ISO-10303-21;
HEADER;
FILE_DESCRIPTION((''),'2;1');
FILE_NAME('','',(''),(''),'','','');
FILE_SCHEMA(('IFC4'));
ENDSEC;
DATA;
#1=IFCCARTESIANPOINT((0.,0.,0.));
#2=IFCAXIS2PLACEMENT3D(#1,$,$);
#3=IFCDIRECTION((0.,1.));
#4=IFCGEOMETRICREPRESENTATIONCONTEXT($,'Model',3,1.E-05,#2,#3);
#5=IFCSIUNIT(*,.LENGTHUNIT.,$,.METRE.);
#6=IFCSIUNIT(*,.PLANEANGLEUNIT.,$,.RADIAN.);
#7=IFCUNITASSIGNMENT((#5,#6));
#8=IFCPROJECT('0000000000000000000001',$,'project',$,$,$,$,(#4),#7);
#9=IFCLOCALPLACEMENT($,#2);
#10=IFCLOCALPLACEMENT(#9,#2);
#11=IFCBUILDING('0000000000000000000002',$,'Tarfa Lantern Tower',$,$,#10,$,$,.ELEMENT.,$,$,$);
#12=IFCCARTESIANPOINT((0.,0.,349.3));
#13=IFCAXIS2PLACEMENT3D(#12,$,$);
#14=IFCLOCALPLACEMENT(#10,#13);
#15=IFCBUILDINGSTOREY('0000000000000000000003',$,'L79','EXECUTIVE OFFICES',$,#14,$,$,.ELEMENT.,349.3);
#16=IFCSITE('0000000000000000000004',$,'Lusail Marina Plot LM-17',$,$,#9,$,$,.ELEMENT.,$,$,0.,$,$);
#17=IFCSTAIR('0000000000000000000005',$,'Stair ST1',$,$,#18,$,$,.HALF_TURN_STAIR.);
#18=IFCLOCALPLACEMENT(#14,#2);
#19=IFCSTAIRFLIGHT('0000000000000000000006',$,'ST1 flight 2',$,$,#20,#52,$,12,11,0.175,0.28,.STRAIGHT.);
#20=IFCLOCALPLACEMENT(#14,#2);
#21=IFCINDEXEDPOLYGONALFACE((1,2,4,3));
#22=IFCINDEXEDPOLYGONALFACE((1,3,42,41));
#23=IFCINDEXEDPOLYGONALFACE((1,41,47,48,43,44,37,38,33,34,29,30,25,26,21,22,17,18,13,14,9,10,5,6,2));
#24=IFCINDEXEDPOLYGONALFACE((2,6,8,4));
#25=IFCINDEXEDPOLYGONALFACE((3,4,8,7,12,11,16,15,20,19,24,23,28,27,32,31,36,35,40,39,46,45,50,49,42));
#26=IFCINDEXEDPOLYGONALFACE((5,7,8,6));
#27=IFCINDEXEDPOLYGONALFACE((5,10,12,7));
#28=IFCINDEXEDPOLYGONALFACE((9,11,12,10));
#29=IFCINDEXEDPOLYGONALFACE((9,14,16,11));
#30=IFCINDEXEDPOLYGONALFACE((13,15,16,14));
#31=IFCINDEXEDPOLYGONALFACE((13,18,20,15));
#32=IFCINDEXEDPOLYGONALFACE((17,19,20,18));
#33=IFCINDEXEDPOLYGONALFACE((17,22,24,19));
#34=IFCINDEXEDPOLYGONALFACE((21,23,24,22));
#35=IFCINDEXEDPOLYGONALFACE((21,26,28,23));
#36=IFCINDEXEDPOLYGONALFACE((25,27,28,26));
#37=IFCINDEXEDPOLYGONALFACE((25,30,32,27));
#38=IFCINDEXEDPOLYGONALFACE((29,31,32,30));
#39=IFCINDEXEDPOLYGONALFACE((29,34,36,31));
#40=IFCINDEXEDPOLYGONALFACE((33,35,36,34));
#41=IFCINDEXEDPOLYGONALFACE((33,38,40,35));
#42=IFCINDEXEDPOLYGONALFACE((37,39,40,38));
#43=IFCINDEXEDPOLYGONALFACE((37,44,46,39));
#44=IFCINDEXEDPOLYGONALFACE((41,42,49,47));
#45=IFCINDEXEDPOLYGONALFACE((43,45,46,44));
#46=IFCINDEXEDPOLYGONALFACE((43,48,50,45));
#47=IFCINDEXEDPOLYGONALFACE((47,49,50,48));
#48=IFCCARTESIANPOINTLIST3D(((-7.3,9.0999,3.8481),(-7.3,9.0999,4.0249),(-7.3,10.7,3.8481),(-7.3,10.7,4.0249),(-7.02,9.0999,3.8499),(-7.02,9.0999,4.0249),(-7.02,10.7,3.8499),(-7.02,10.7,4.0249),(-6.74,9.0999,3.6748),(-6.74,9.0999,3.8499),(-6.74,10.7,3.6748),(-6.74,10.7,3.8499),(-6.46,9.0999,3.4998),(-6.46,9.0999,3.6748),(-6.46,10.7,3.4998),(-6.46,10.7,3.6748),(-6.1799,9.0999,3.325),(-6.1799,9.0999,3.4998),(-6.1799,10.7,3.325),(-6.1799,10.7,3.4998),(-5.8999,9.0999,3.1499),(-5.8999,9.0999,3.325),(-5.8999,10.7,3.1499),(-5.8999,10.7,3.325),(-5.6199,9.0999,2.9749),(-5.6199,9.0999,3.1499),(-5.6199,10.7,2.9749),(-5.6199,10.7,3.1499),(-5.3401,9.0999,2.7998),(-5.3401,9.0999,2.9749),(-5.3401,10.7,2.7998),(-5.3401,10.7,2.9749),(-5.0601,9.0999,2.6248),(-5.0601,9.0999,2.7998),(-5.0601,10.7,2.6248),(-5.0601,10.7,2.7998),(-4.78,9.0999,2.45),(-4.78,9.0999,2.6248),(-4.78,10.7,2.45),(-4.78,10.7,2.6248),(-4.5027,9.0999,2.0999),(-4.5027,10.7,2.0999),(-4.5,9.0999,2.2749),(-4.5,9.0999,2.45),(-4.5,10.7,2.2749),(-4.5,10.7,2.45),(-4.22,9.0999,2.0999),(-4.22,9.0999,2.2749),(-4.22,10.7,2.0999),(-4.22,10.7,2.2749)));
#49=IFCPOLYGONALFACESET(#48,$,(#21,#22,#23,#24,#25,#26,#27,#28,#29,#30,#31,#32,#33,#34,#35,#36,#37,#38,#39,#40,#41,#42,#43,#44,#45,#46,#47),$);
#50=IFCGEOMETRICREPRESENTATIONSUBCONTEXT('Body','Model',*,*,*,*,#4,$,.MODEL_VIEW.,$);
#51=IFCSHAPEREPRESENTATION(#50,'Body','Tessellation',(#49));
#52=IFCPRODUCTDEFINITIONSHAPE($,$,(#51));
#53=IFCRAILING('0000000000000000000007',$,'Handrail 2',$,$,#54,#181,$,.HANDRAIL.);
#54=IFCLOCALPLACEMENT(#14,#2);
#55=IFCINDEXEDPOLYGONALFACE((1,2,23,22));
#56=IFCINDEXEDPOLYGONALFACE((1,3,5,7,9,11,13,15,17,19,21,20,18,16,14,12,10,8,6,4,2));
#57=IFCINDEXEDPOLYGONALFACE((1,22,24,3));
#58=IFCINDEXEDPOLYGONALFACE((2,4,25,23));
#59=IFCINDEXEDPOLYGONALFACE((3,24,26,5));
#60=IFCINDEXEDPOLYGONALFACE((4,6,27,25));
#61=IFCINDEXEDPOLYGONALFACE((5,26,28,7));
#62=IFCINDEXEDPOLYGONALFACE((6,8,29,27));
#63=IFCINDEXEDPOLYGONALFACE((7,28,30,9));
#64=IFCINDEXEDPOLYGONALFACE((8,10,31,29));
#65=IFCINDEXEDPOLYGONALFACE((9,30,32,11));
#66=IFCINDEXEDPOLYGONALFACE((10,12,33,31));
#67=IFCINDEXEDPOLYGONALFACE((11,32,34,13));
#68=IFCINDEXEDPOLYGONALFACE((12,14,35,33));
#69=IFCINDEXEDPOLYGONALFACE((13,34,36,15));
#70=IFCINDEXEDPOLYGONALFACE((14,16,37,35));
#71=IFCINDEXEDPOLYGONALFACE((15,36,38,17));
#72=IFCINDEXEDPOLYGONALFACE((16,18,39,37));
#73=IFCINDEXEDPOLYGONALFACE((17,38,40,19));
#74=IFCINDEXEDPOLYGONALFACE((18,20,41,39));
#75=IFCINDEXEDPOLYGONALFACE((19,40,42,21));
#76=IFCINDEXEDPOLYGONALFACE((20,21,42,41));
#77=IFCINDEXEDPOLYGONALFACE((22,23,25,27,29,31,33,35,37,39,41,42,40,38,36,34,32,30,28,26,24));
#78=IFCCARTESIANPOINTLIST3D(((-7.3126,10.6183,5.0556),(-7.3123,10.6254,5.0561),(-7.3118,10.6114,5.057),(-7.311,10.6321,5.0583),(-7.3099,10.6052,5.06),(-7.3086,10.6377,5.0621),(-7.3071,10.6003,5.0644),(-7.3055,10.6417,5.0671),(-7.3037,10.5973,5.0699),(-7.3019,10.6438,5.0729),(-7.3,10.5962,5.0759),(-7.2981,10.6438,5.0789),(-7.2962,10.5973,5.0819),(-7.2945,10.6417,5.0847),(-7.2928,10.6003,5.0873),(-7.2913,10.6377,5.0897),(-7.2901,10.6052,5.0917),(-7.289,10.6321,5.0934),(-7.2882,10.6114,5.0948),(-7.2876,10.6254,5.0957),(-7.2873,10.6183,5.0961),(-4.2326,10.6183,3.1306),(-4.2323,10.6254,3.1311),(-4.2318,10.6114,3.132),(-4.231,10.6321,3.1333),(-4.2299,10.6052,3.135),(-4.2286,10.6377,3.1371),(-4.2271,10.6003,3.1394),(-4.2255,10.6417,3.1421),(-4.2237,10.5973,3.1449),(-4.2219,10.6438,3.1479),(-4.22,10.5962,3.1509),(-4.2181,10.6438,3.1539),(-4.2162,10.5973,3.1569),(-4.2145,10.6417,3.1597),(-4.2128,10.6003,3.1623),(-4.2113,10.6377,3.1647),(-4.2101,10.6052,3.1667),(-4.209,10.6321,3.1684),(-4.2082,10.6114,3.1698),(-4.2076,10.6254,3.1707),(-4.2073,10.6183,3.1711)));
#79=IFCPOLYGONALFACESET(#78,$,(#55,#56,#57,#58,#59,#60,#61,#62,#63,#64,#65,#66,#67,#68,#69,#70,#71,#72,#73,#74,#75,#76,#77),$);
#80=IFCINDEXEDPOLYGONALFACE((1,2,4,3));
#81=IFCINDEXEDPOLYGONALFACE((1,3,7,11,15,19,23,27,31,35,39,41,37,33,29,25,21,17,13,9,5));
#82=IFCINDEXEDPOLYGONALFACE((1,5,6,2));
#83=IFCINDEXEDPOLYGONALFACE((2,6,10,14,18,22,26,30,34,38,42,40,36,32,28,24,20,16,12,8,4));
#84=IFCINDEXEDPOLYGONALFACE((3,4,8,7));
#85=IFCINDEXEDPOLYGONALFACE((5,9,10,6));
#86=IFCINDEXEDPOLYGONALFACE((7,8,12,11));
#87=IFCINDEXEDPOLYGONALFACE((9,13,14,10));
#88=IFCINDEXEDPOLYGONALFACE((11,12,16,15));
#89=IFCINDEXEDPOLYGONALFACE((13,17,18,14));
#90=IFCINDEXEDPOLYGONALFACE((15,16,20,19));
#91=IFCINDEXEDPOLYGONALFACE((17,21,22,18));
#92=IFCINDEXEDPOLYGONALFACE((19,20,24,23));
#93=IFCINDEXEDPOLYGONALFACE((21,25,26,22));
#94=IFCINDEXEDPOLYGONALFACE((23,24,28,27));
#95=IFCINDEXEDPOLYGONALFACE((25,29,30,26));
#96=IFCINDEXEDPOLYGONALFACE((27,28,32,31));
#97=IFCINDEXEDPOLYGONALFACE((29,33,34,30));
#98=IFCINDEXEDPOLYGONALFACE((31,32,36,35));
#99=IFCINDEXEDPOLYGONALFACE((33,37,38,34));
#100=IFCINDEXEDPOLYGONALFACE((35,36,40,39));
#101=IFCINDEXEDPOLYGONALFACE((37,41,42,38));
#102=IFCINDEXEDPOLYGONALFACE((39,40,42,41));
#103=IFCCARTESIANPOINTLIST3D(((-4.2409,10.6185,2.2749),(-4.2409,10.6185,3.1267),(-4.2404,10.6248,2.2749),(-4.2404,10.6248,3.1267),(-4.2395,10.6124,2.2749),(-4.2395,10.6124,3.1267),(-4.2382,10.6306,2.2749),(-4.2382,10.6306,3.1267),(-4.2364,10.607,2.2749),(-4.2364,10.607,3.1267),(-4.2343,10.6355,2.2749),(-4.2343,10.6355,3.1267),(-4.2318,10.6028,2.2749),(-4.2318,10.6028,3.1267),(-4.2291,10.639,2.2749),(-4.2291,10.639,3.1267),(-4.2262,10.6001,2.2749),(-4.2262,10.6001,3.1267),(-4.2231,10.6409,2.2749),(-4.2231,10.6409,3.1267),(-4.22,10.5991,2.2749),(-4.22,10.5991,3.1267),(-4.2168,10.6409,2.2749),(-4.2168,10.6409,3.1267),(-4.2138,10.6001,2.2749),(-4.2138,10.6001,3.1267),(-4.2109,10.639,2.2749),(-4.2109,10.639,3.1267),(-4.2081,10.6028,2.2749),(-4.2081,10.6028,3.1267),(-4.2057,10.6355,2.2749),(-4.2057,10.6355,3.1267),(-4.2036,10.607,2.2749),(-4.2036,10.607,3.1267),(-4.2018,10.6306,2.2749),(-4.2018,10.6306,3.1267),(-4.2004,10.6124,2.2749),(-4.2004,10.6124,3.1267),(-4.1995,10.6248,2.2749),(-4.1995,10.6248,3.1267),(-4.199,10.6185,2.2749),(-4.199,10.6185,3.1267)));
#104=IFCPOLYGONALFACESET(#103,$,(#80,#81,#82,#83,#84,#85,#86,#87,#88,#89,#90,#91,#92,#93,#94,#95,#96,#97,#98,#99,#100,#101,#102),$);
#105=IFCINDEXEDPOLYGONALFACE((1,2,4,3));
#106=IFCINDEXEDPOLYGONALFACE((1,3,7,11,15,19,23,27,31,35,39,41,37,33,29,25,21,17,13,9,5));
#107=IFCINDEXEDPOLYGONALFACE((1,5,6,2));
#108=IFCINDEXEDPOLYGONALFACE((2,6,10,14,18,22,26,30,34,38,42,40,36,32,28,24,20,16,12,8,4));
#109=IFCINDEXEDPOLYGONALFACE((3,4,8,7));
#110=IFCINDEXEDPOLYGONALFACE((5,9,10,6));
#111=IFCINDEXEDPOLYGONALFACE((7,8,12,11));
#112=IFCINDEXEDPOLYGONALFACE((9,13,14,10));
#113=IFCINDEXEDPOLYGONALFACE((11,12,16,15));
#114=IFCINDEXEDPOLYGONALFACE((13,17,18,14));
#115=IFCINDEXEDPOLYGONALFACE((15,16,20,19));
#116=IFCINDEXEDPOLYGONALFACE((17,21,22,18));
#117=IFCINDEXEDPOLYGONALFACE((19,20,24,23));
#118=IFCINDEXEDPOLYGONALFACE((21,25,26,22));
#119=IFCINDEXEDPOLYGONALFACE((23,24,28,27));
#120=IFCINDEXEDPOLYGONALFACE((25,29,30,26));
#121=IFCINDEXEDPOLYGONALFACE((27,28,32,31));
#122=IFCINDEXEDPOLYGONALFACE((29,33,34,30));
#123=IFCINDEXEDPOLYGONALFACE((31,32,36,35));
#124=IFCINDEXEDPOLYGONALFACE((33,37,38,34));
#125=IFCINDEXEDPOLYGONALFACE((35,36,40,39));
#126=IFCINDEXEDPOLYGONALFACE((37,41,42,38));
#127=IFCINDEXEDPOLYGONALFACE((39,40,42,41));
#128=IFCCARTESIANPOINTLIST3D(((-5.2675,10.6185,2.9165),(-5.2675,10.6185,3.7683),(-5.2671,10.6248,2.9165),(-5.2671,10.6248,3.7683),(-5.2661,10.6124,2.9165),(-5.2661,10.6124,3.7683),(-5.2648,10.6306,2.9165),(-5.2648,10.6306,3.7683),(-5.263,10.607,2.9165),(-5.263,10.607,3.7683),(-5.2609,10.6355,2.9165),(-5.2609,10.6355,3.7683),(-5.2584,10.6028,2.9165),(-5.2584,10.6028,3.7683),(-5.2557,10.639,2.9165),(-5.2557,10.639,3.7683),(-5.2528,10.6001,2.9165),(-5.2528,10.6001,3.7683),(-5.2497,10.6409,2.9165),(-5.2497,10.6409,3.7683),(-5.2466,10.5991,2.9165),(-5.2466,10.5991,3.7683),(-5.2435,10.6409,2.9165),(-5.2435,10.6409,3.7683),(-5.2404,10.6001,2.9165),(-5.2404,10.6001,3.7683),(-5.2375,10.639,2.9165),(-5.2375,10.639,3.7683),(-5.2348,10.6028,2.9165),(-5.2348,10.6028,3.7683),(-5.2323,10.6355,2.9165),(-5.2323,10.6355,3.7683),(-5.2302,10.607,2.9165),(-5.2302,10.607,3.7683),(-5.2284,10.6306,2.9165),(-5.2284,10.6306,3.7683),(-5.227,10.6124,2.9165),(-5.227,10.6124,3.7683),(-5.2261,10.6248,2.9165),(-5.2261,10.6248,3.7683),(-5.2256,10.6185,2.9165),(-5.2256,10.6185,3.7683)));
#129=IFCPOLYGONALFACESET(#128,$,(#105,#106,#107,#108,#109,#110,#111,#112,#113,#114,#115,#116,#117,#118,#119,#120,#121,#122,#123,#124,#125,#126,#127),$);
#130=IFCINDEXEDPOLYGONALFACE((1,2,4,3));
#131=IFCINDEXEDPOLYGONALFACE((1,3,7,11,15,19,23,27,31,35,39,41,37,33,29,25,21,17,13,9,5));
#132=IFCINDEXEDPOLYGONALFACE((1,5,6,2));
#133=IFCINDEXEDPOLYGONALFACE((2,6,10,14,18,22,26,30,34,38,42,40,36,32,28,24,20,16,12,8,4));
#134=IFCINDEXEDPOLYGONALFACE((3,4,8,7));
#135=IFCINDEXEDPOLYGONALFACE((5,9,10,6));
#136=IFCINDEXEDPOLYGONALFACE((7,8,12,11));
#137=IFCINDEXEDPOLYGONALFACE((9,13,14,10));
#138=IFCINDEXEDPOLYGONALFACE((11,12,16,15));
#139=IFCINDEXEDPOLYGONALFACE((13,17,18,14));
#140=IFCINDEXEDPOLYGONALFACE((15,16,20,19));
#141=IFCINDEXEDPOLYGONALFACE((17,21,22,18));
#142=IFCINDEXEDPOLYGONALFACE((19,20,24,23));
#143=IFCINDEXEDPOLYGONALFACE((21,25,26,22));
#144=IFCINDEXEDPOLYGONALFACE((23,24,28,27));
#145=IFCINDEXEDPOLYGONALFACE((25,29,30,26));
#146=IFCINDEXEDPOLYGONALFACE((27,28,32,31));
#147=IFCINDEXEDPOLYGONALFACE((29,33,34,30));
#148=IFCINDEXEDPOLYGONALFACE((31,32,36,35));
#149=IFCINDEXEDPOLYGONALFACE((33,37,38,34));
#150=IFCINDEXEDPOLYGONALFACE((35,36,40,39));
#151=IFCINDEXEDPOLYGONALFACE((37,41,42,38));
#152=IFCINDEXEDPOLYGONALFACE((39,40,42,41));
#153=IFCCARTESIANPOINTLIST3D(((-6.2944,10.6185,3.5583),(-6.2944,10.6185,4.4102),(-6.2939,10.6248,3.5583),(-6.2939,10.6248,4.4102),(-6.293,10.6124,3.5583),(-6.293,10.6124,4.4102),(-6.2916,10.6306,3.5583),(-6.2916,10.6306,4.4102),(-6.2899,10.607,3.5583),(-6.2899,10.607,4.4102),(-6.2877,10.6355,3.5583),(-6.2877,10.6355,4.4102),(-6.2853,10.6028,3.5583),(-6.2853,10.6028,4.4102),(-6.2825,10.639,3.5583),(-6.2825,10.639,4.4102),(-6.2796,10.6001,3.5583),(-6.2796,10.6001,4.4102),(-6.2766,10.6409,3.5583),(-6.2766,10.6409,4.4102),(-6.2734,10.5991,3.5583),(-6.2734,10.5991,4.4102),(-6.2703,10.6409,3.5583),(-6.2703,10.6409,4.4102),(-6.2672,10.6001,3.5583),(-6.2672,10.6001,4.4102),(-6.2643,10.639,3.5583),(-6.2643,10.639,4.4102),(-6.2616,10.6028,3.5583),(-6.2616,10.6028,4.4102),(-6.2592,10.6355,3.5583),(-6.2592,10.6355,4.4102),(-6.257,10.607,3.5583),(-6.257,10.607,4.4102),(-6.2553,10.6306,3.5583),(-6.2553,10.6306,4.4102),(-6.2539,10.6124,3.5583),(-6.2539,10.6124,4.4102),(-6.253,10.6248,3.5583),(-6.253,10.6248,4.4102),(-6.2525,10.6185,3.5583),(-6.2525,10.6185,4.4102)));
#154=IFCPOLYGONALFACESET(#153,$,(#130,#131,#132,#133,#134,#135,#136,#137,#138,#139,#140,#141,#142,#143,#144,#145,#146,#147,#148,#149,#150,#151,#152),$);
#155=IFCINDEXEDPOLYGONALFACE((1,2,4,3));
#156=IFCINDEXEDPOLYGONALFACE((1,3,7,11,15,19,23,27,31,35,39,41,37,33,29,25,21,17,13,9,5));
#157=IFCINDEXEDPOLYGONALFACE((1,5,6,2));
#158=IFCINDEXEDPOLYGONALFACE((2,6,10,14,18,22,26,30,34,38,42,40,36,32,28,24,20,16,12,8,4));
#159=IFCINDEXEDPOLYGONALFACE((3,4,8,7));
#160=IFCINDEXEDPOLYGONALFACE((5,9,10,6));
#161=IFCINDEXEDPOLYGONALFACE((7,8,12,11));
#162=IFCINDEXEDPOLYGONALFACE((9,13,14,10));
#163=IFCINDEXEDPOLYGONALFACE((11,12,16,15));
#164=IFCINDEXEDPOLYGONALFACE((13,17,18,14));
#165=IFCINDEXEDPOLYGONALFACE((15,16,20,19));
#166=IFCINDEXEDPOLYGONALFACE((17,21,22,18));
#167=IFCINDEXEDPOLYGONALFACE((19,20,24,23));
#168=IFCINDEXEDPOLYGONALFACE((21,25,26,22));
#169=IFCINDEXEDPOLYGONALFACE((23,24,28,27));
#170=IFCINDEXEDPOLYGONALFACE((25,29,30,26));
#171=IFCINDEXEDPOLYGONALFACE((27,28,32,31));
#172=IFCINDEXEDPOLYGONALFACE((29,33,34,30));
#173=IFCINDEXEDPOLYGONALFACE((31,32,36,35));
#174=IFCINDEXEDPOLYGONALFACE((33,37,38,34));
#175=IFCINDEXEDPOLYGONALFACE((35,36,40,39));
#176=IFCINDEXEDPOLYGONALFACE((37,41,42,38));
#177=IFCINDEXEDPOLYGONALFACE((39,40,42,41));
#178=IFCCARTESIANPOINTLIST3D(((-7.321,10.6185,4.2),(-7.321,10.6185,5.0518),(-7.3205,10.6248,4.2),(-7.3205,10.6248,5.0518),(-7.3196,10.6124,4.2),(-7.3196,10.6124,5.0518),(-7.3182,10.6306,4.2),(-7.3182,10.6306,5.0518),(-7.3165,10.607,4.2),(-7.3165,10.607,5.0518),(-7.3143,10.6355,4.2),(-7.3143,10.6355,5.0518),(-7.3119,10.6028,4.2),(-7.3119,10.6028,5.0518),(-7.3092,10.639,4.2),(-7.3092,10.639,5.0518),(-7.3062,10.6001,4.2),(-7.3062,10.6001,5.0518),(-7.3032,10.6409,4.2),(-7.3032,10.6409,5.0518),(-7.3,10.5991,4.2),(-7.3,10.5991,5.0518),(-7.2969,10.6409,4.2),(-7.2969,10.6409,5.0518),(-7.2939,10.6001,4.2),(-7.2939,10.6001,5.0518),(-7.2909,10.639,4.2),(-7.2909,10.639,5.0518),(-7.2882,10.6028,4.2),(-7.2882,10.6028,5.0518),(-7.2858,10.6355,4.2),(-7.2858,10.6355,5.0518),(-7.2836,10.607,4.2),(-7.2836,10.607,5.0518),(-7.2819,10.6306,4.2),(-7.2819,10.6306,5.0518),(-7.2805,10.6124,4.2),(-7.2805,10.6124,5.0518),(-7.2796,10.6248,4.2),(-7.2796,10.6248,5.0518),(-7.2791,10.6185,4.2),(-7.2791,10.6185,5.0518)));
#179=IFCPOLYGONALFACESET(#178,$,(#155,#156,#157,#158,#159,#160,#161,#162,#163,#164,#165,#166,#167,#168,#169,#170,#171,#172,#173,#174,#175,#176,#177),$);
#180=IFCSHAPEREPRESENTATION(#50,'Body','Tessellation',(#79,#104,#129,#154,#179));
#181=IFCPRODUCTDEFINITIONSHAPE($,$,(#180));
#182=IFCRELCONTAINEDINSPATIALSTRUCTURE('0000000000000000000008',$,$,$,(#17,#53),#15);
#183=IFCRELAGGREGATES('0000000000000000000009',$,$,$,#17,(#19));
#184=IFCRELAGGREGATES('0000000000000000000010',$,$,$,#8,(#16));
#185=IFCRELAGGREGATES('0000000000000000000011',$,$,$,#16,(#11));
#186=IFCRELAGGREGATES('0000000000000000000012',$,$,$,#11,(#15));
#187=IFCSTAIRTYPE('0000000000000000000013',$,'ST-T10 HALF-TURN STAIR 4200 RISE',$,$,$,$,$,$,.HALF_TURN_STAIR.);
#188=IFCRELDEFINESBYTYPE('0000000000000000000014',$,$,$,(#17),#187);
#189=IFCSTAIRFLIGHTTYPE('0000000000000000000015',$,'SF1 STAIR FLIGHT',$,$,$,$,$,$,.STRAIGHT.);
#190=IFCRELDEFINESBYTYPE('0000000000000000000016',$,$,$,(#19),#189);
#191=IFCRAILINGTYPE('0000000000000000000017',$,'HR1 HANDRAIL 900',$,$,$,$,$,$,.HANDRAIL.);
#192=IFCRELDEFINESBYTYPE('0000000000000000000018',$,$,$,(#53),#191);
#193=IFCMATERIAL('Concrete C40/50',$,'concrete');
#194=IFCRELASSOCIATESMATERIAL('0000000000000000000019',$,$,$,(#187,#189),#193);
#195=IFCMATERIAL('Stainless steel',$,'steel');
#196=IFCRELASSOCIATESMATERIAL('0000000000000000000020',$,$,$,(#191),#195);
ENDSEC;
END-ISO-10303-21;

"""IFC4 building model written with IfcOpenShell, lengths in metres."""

from ifc_helpers import new_model, si_unit, direction, frame, origin, origin_2d, place, context, subcontext, project, spatial, polyline, circle, outline, extrude, material, type_object, element, aggregate, save


model = new_model("IFC4")

# Units and contexts
model_context = context("Model", 3, precision=1e-05, world=origin(), true_north=direction((0.0, 1.0)))
body_context = subcontext(model_context, "Body", "Model", "MODEL_VIEW")
ifc_project = project(units=[si_unit("LENGTHUNIT", "METRE"), si_unit("PLANEANGLEUNIT", "RADIAN")], contexts=[model_context])

# Site, building, storey
site_placement = place(None, origin())
site = spatial("IfcSite", under=ifc_project, at=site_placement, Name="Lusail Marina Plot LM-17", CompositionType="ELEMENT", RefElevation=0.0)
building_placement = place(site_placement, origin())
building = spatial("IfcBuilding", under=site, at=building_placement, Name="Tarfa Lantern Tower", CompositionType="ELEMENT")
storey_placement = place(building_placement, frame((0.0, 0.0, 349.3)))
storey = spatial("IfcBuildingStorey", under=building, at=storey_placement, Name="L79", Description="EXECUTIVE OFFICES", CompositionType="ELEMENT", Elevation=349.3)

# Stair, stair flight
ifc_material_1 = material(Name="Concrete C40/50", Category="concrete")
stair_type = type_object("IfcStairType", Name="ST-T10 HALF-TURN STAIR 4200 RISE", PredefinedType="HALF_TURN_STAIR", material=ifc_material_1)
stair_placement = place(storey_placement, origin())
stair = element("IfcStair", 1, at=stair_placement, inside=storey, type_object=stair_type, Name="Stair ST1", PredefinedType="HALF_TURN_STAIR")
stair_flight_type = type_object("IfcStairFlightType", Name="SF1 STAIR FLIGHT", PredefinedType="STRAIGHT", material=ifc_material_1)
stair_flight_1_placement = place(storey_placement, frame((-4.22, 9.8999, 2.0999), z_axis=(0.0, 0.0, 1.0), x_axis=(-1.0, 0.0, 0.0)))
stair_flight_1 = element("IfcStairFlight", 2, at=stair_flight_1_placement, type_object=stair_flight_type, Name="ST1 flight 2", NumberOfRisers=12, NumberOfTreads=11, PredefinedType="STRAIGHT", RiserHeight=0.175, TreadLength=0.28, context=body_context, shape_type="SweptSolid", body=[
    extrude(outline(polyline([(0.0, 0.0), (0.0, 0.175), (0.28, 0.175), (0.28, 0.3501), (0.5601, 0.3501), (0.5601, 0.5249), (0.8401, 0.5249), (0.8401, 0.7), (1.1201, 0.7), (1.1201, 0.875), (1.3999, 0.875), (1.3999, 1.05), (1.6799, 1.05), (1.6799, 1.2251), (1.96, 1.2251), (1.96, 1.3999), (2.24, 1.3999), (2.24, 1.575), (2.52, 1.575), (2.52, 1.75), (2.8, 1.75), (2.8, 1.925), (3.0801, 1.925), (3.0801, 2.1001), (3.0801, 1.7483), (0.2827, 0.0), (0.0, 0.0)])), frame((0.0, 0.8, 0.0), z_axis=(0.0, -1.0, 0.0), x_axis=(1.0, 0.0, 0.0)), (0.0, 0.0, 1.0), 1.6001),
])
aggregate(stair, [stair_flight_1])

# Railing
ifc_material_2 = material(Name="Stainless steel", Category="steel")
railing_type = type_object("IfcRailingType", Name="HR1 HANDRAIL 900", PredefinedType="HANDRAIL", material=ifc_material_2)
railing_placement = place(storey_placement, frame((-4.22, 10.6201, 2.2749)))
element("IfcRailing", 3, at=railing_placement, inside=storey, type_object=railing_type, Name="Handrail 2", PredefinedType="HANDRAIL", context=body_context, shape_type="SweptSolid", body=[
    extrude(circle(Radius=0.0239, at=origin_2d()), frame((0.0, 0.0, 0.876), z_axis=(-0.847998, 0.0, 0.529999), x_axis=(0.0, -1.0, 0.0)), (0.0, 0.0, 1.0), 3.6321),
    extrude(circle(Radius=0.021, at=origin_2d()), frame((0.0, 0.0, 0.0), z_axis=(0.0, 0.0, 1.0), x_axis=(0.0, -1.0, 0.0)), (0.0, 0.0, 1.0), 0.8518),
    extrude(circle(Radius=0.021, at=origin_2d()), frame((-1.0266, 0.0, 0.6416), z_axis=(0.0, 0.0, 1.0), x_axis=(0.0, -1.0, 0.0)), (0.0, 0.0, 1.0), 0.8518),
    extrude(circle(Radius=0.021, at=origin_2d()), frame((-2.0535, 0.0, 1.2834), z_axis=(0.0, 0.0, 1.0), x_axis=(0.0, -1.0, 0.0)), (0.0, 0.0, 1.0), 0.8518),
    extrude(circle(Radius=0.021, at=origin_2d()), frame((-3.0801, 0.0, 1.925), z_axis=(0.0, 0.0, 1.0), x_axis=(0.0, -1.0, 0.0)), (0.0, 0.0, 1.0), 0.8518),
])

save(model, "model.ifc")
